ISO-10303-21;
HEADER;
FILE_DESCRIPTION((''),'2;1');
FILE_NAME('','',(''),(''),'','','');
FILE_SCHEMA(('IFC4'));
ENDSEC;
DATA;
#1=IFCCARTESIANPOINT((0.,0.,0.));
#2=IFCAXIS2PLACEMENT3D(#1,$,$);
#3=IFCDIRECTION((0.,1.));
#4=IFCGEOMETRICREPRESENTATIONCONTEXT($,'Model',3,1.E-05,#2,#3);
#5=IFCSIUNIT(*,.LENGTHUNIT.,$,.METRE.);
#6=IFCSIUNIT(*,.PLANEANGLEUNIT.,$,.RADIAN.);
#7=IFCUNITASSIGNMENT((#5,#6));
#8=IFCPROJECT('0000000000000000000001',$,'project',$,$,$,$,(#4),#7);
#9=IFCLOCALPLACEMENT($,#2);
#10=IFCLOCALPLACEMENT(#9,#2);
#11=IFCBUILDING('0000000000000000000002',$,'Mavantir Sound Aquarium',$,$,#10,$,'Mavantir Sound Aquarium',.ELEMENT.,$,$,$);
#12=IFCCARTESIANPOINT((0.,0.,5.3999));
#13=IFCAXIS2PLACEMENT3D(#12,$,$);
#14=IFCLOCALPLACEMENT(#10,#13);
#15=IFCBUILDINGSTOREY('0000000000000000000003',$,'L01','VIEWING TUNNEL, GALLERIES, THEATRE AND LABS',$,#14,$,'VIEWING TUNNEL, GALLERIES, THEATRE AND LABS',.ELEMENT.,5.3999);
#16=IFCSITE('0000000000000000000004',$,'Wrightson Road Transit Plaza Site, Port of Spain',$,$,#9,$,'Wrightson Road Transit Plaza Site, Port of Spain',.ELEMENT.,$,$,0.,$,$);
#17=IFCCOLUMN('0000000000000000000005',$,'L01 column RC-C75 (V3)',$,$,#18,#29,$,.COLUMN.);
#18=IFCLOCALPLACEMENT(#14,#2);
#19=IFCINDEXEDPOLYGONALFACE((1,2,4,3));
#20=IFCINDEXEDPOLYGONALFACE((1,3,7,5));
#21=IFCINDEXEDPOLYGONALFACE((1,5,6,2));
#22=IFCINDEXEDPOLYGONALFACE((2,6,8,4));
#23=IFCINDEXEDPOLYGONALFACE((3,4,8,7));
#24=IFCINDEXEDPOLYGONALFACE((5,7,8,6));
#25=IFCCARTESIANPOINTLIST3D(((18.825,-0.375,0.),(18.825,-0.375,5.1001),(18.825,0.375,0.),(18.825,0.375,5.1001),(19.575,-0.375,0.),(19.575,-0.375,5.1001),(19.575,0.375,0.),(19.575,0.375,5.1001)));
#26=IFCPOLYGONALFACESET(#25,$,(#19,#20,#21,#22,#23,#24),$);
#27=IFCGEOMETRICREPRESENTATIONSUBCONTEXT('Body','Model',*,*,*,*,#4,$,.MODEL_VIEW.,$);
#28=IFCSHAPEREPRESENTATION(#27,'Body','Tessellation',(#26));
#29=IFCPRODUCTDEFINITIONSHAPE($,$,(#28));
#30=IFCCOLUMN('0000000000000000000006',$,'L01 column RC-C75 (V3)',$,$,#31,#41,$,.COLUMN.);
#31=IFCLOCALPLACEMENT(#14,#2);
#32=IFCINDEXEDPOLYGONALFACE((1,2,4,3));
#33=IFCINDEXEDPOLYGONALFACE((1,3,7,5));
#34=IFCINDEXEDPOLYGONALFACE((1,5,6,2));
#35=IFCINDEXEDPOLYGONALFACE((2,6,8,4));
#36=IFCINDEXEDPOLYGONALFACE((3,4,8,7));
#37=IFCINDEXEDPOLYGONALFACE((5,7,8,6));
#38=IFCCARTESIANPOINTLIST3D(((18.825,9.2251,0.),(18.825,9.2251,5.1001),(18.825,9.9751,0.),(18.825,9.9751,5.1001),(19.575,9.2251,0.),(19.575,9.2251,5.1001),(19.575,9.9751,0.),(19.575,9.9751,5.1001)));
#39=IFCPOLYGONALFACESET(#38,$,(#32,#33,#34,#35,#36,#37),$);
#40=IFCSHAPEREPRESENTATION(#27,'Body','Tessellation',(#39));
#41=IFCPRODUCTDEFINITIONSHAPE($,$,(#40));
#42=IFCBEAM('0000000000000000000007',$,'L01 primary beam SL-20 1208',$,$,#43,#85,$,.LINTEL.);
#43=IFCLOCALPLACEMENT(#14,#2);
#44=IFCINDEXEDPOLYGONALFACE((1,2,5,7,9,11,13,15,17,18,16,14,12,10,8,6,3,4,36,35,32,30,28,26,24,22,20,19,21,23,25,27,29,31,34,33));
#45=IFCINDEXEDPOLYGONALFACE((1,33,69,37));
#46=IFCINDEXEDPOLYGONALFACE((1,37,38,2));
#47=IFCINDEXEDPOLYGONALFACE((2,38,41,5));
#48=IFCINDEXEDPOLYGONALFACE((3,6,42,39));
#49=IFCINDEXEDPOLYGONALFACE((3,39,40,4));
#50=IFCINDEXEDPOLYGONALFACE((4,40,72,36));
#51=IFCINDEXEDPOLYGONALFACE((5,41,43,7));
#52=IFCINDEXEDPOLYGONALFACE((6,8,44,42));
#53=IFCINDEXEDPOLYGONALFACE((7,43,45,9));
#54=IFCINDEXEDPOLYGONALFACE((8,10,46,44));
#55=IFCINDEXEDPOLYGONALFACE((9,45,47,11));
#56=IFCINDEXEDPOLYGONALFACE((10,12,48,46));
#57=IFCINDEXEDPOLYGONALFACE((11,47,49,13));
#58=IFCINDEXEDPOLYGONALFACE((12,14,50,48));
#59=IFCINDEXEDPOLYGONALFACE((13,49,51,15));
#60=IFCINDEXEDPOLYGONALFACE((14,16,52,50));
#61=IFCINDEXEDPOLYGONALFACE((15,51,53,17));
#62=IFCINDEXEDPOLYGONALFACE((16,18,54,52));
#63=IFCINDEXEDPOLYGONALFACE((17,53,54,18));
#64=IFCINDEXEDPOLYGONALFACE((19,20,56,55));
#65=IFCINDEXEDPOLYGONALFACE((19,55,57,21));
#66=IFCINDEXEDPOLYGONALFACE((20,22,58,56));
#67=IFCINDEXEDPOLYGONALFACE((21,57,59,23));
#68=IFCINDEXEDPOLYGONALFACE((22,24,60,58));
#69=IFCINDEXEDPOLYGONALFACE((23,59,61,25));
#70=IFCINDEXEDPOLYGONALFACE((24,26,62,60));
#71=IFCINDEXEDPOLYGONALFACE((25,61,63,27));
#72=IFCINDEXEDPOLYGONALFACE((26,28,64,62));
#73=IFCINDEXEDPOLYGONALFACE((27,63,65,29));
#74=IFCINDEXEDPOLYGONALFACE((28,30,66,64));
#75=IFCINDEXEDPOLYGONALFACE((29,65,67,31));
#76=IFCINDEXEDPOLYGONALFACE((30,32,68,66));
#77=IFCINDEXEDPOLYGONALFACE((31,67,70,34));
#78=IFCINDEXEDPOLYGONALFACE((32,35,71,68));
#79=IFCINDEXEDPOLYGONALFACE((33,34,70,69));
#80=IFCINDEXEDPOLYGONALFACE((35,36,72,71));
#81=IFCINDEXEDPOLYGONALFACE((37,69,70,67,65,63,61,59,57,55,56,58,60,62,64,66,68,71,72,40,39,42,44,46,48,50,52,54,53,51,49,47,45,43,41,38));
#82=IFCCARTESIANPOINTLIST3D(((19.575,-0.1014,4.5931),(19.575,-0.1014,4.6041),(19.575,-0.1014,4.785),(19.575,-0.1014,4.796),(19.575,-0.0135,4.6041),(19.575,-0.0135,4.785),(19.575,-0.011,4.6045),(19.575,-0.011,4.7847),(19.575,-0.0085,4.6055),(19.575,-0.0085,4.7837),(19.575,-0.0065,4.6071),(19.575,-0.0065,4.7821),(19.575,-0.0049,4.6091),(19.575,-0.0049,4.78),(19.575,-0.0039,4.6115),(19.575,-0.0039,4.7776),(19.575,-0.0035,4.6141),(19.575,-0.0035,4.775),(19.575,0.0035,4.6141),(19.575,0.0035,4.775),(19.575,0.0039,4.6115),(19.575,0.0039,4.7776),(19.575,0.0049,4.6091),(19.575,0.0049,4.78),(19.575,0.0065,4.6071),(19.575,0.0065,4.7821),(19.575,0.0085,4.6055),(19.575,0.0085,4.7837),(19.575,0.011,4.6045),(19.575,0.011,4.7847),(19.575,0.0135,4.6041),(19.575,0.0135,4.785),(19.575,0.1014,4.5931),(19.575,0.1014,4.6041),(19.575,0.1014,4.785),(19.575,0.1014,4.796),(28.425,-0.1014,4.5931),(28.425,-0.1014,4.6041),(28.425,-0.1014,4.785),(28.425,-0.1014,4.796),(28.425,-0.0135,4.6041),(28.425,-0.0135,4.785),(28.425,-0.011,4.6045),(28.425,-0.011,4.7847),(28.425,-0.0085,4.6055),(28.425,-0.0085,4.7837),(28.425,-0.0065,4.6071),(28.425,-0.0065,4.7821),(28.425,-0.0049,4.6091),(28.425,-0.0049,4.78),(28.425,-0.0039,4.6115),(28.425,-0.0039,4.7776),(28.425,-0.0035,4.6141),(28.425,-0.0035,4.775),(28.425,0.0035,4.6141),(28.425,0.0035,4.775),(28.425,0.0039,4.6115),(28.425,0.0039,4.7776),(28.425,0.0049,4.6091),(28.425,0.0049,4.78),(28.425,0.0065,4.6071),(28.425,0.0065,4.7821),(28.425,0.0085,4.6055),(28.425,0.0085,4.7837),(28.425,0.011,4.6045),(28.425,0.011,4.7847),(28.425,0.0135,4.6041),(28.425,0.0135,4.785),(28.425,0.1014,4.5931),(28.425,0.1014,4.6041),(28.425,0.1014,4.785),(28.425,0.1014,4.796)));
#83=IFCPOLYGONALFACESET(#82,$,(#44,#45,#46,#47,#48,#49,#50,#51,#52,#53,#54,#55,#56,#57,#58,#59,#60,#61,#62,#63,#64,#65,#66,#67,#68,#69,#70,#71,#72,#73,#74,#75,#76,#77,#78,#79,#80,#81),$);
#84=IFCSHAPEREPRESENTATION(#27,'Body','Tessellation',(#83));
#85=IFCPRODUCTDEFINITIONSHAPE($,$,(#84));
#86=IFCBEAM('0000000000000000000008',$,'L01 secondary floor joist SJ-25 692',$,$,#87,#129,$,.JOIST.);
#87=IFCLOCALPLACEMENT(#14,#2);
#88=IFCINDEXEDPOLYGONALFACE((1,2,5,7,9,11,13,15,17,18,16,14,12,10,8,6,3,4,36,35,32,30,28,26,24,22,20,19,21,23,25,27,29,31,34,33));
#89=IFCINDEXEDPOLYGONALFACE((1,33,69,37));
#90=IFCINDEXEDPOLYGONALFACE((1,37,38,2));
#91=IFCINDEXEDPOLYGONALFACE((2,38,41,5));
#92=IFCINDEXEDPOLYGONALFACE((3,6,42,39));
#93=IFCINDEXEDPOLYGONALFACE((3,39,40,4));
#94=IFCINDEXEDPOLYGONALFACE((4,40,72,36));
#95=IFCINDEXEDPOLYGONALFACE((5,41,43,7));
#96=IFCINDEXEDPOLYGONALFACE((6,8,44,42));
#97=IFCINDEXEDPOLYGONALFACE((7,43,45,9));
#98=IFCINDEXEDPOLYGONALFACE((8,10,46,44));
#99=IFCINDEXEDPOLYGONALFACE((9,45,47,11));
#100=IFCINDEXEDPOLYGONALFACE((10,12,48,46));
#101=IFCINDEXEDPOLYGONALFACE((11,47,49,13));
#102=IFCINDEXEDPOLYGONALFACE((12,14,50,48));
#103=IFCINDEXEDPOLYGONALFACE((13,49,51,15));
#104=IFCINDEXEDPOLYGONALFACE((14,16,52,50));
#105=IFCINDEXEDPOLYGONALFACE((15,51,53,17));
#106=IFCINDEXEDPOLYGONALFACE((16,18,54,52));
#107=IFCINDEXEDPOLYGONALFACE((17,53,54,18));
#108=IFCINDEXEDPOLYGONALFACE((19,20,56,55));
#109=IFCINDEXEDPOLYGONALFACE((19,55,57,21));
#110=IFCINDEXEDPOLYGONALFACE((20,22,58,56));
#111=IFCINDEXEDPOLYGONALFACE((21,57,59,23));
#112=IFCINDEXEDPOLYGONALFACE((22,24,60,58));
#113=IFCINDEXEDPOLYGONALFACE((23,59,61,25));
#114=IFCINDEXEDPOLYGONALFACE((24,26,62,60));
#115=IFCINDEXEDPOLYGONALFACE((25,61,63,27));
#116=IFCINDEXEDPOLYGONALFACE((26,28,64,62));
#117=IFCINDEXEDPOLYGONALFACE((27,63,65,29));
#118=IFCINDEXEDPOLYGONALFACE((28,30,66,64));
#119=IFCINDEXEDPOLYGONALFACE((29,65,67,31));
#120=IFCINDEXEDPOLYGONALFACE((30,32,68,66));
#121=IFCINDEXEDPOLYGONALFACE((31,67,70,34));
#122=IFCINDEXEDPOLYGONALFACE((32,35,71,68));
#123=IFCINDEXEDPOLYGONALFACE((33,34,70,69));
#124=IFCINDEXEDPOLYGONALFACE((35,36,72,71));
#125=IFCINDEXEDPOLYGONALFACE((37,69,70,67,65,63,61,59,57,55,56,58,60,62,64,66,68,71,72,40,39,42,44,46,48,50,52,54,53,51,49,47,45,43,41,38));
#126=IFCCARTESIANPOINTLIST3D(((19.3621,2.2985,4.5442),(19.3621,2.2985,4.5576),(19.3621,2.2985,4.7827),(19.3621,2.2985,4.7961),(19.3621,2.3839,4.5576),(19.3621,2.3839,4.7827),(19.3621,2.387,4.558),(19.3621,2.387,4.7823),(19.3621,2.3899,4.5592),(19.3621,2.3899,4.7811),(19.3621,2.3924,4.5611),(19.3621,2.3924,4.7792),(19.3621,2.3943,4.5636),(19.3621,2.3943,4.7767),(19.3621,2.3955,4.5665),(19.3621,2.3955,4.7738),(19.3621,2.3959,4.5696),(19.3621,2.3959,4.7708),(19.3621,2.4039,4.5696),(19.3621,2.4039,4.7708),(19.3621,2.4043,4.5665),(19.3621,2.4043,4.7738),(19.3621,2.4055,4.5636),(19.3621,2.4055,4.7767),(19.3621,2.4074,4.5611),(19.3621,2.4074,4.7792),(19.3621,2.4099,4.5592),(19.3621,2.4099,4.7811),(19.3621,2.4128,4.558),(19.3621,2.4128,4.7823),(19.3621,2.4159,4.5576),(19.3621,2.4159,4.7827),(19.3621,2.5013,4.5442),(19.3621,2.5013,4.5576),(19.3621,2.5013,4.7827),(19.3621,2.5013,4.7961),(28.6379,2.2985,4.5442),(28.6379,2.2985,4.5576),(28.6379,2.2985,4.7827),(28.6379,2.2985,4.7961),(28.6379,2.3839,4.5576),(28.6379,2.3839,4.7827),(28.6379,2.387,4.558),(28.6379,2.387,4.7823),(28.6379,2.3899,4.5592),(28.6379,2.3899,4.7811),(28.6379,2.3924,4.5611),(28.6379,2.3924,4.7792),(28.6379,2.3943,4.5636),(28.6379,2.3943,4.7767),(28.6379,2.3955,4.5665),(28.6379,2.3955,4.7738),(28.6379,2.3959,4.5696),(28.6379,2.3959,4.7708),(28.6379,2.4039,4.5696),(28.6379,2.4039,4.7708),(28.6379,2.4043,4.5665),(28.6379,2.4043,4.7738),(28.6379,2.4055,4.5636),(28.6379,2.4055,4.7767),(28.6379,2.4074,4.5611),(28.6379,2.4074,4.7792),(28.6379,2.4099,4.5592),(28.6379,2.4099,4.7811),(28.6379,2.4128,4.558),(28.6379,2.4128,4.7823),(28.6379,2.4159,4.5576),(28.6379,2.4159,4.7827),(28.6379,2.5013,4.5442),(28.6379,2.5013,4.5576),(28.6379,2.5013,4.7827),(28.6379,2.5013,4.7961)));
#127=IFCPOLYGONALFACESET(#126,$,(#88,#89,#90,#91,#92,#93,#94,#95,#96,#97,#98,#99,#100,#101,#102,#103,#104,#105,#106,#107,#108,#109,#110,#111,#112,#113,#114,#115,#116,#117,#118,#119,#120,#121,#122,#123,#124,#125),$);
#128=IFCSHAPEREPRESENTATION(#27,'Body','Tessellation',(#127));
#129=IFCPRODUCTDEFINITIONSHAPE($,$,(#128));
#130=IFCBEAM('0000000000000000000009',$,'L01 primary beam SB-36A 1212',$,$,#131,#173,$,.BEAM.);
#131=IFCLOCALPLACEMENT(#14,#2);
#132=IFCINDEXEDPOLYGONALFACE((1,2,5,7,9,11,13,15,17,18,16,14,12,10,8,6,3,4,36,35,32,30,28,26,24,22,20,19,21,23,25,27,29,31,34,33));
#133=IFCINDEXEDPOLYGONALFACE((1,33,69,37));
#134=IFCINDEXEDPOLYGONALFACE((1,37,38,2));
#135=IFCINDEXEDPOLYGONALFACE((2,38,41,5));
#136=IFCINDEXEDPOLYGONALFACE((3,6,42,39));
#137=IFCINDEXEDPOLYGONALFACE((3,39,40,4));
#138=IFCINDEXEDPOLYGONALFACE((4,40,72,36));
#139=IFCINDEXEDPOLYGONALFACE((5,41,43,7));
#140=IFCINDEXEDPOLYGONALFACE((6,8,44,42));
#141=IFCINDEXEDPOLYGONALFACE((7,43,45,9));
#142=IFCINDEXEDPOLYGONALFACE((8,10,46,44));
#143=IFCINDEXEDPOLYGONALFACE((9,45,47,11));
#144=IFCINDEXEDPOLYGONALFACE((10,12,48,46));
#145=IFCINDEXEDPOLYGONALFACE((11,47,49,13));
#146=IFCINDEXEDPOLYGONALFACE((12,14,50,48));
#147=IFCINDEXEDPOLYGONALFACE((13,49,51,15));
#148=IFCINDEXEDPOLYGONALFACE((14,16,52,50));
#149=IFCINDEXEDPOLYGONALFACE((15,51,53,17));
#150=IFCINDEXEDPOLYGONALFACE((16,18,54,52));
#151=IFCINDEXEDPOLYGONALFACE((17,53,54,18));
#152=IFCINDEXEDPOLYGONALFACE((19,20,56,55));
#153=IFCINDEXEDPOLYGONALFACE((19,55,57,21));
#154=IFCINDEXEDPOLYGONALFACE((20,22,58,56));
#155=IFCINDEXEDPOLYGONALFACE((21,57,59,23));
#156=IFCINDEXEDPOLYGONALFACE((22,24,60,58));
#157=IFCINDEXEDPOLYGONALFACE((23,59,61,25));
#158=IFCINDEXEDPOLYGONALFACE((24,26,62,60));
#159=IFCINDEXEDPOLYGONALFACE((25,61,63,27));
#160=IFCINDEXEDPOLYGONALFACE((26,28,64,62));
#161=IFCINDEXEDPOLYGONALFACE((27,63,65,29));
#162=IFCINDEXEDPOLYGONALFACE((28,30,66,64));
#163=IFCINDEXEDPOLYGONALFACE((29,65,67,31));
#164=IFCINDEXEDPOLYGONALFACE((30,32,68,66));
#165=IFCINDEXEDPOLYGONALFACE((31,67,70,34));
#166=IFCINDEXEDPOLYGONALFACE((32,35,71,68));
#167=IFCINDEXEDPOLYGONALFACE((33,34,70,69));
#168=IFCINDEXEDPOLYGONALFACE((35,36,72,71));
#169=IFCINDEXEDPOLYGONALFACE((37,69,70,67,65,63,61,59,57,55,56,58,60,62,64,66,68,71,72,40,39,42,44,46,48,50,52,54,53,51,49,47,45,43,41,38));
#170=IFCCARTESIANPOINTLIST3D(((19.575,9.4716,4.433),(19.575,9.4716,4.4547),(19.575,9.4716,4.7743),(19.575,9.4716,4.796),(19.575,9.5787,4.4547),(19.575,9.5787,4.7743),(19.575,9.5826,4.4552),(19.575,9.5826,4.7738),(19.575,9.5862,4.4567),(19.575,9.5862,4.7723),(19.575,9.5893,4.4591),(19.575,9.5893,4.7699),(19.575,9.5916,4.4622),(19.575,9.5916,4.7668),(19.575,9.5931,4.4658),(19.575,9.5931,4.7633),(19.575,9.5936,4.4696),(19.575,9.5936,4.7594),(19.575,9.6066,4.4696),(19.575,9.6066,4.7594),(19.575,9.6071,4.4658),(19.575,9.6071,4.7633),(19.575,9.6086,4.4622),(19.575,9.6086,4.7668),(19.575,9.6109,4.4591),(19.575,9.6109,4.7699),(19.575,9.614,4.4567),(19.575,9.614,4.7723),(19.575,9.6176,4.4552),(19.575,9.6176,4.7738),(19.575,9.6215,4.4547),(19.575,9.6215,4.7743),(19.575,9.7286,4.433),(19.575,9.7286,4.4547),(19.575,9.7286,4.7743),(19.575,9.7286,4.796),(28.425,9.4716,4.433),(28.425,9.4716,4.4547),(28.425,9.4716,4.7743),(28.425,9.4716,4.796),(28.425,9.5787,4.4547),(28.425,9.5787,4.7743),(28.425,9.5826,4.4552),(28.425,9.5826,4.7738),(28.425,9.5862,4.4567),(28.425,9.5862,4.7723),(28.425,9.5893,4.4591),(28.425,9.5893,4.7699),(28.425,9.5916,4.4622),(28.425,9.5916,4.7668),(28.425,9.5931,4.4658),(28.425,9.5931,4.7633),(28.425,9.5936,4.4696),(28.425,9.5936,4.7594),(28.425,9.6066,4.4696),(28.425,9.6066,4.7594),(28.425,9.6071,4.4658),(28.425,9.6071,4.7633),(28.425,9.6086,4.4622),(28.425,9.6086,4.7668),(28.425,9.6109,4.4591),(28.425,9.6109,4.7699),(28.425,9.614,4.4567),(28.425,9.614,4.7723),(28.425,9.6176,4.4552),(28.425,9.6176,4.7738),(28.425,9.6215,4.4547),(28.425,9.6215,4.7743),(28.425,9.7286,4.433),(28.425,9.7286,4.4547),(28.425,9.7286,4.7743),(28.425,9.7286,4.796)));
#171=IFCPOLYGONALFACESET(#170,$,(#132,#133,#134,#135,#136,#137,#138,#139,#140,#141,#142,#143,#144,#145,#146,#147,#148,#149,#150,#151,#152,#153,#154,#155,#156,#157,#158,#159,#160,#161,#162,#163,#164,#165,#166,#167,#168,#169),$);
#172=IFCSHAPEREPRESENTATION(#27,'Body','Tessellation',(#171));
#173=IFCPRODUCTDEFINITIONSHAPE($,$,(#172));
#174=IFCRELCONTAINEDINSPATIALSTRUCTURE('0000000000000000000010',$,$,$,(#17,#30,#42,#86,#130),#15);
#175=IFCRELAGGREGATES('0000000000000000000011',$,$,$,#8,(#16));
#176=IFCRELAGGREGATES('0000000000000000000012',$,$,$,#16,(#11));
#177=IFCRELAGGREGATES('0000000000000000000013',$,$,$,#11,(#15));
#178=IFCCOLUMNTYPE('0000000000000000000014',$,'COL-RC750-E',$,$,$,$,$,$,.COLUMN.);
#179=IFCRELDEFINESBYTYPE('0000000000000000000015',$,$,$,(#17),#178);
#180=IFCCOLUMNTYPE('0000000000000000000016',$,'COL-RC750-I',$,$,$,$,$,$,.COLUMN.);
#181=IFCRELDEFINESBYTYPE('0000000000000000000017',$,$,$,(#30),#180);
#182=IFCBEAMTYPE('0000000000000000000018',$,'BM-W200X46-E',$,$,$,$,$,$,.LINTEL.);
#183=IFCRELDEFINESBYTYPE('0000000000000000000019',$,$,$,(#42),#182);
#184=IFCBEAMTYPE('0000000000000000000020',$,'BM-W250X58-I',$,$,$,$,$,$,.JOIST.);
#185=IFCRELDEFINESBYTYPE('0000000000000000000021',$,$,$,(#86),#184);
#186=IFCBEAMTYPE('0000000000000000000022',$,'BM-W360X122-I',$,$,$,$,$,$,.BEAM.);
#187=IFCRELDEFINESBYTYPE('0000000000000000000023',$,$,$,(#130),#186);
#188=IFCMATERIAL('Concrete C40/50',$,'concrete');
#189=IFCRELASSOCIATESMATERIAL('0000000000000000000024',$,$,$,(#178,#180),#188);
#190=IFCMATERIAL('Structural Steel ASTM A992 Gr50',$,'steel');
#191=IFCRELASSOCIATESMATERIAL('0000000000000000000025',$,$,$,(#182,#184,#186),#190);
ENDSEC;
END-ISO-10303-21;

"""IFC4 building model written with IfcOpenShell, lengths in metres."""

from ifc_helpers import new_model, si_unit, direction, frame, origin, origin_2d, place, context, subcontext, project, spatial, rectangle, i_section, extrude, material, material_profile, profile_set, type_object, element, save


model = new_model("IFC4")

# Units and contexts
model_context = context("Model", 3, precision=1e-05, world=origin(), true_north=direction((0.0, 1.0)))
body_context = subcontext(model_context, "Body", "Model", "MODEL_VIEW")
ifc_project = project(units=[si_unit("LENGTHUNIT", "METRE"), si_unit("PLANEANGLEUNIT", "RADIAN")], contexts=[model_context])

# Site, building, storey
site_placement = place(None, origin())
site = spatial("IfcSite", under=ifc_project, at=site_placement, Name="Wrightson Road Transit Plaza Site, Port of Spain", LongName="Wrightson Road Transit Plaza Site, Port of Spain", CompositionType="ELEMENT", RefElevation=0.0)
building_placement = place(site_placement, origin())
building = spatial("IfcBuilding", under=site, at=building_placement, Name="Mavantir Sound Aquarium", LongName="Mavantir Sound Aquarium", CompositionType="ELEMENT")
storey_placement = place(building_placement, frame((0.0, 0.0, 5.3999)))
storey = spatial("IfcBuildingStorey", under=building, at=storey_placement, Name="L01", Description="VIEWING TUNNEL, GALLERIES, THEATRE AND LABS", LongName="VIEWING TUNNEL, GALLERIES, THEATRE AND LABS", CompositionType="ELEMENT", Elevation=5.3999)

# Columns
ifc_material_1 = material(Name="Concrete C40/50", Category="concrete")
ifc_material_profile_1 = material_profile(ifc_material_1, rectangle(XDim=0.75, YDim=0.75, at=origin_2d()), Name="RC 750X750")
ifc_profile_set_1 = profile_set([ifc_material_profile_1], Name="Concrete C40/50")
column_type_1 = type_object("IfcColumnType", Name="COL-RC750-E", PredefinedType="COLUMN", material=ifc_profile_set_1)
column_1_placement = place(storey_placement, frame((19.2, 0.0, 0.0), z_axis=(0.0, 0.0, 1.0), x_axis=(1.0, 0.0, 0.0)))
element("IfcColumn", 1, at=column_1_placement, inside=storey, type_object=column_type_1, Name="L01 column RC-C75 (V3)", PredefinedType="COLUMN", context=body_context, shape_type="SweptSolid", body=[
    extrude(rectangle(XDim=0.75, YDim=0.75, at=origin_2d()), origin(), (0.0, 0.0, 1.0), 5.1001),
])
ifc_material_profile_2 = material_profile(ifc_material_1, rectangle(XDim=0.75, YDim=0.75, at=origin_2d()), Name="RC 750X750")
ifc_profile_set_2 = profile_set([ifc_material_profile_2], Name="Concrete C40/50")
column_type_2 = type_object("IfcColumnType", Name="COL-RC750-I", PredefinedType="COLUMN", material=ifc_profile_set_2)
column_2_placement = place(storey_placement, frame((19.2, 9.6001, 0.0), z_axis=(0.0, 0.0, 1.0), x_axis=(1.0, 0.0, 0.0)))
element("IfcColumn", 2, at=column_2_placement, inside=storey, type_object=column_type_2, Name="L01 column RC-C75 (V3)", PredefinedType="COLUMN", context=body_context, shape_type="SweptSolid", body=[
    extrude(rectangle(XDim=0.75, YDim=0.75, at=origin_2d()), origin(), (0.0, 0.0, 1.0), 5.1001),
])

# Beams
ifc_material_2 = material(Name="Structural Steel ASTM A992 Gr50", Category="steel")
ifc_material_profile_3 = material_profile(ifc_material_2, i_section(OverallWidth=0.2029, OverallDepth=0.2029, WebThickness=0.0071, FlangeThickness=0.011, FilletRadius=0.01, at=origin_2d()), Name="W200X46")
ifc_profile_set_3 = profile_set([ifc_material_profile_3], Name="Structural Steel ASTM A992 Gr50")
beam_type_1 = type_object("IfcBeamType", Name="BM-W200X46-E", PredefinedType="LINTEL", material=ifc_profile_set_3)
beam_1_placement = place(storey_placement, frame((19.575, 0.0, 4.6946), z_axis=(1.0, 0.0, 0.0), x_axis=(0.0, 1.0, 0.0)))
element("IfcBeam", 3, at=beam_1_placement, inside=storey, type_object=beam_type_1, Name="L01 primary beam SL-20 1208", PredefinedType="LINTEL", context=body_context, shape_type="SweptSolid", body=[
    extrude(i_section(OverallWidth=0.2029, OverallDepth=0.2029, WebThickness=0.0071, FlangeThickness=0.011, FilletRadius=0.01, at=origin_2d()), origin(), (0.0, 0.0, 1.0), 8.8501),
])
ifc_material_profile_4 = material_profile(ifc_material_2, i_section(OverallWidth=0.2029, OverallDepth=0.252, WebThickness=0.0081, FlangeThickness=0.0134, FilletRadius=0.012, at=origin_2d()), Name="W250X58")
ifc_profile_set_4 = profile_set([ifc_material_profile_4], Name="Structural Steel ASTM A992 Gr50")
beam_type_2 = type_object("IfcBeamType", Name="BM-W250X58-I", PredefinedType="JOIST", material=ifc_profile_set_4)
beam_2_placement = place(storey_placement, frame((19.3621, 2.3999, 4.6702), z_axis=(1.0, 0.0, 0.0), x_axis=(0.0, 1.0, 0.0)))
element("IfcBeam", 4, at=beam_2_placement, inside=storey, type_object=beam_type_2, Name="L01 secondary floor joist SJ-25 692", PredefinedType="JOIST", context=body_context, shape_type="SweptSolid", body=[
    extrude(i_section(OverallWidth=0.2029, OverallDepth=0.252, WebThickness=0.0081, FlangeThickness=0.0134, FilletRadius=0.012, at=origin_2d()), origin(), (0.0, 0.0, 1.0), 9.2759),
])
ifc_material_profile_5 = material_profile(ifc_material_2, i_section(OverallWidth=0.2571, OverallDepth=0.363, WebThickness=0.0129, FlangeThickness=0.0217, FilletRadius=0.0149, at=origin_2d()), Name="W360X122")
ifc_profile_set_5 = profile_set([ifc_material_profile_5], Name="Structural Steel ASTM A992 Gr50")
beam_type_3 = type_object("IfcBeamType", Name="BM-W360X122-I", PredefinedType="BEAM", material=ifc_profile_set_5)
beam_3_placement = place(storey_placement, frame((19.575, 9.6001, 4.6145), z_axis=(1.0, 0.0, 0.0), x_axis=(0.0, 1.0, 0.0)))
element("IfcBeam", 5, at=beam_3_placement, inside=storey, type_object=beam_type_3, Name="L01 primary beam SB-36A 1212", PredefinedType="BEAM", context=body_context, shape_type="SweptSolid", body=[
    extrude(i_section(OverallWidth=0.2571, OverallDepth=0.363, WebThickness=0.0129, FlangeThickness=0.0217, FilletRadius=0.0149, at=origin_2d()), origin(), (0.0, 0.0, 1.0), 8.8501),
])

save(model, "model.ifc")
